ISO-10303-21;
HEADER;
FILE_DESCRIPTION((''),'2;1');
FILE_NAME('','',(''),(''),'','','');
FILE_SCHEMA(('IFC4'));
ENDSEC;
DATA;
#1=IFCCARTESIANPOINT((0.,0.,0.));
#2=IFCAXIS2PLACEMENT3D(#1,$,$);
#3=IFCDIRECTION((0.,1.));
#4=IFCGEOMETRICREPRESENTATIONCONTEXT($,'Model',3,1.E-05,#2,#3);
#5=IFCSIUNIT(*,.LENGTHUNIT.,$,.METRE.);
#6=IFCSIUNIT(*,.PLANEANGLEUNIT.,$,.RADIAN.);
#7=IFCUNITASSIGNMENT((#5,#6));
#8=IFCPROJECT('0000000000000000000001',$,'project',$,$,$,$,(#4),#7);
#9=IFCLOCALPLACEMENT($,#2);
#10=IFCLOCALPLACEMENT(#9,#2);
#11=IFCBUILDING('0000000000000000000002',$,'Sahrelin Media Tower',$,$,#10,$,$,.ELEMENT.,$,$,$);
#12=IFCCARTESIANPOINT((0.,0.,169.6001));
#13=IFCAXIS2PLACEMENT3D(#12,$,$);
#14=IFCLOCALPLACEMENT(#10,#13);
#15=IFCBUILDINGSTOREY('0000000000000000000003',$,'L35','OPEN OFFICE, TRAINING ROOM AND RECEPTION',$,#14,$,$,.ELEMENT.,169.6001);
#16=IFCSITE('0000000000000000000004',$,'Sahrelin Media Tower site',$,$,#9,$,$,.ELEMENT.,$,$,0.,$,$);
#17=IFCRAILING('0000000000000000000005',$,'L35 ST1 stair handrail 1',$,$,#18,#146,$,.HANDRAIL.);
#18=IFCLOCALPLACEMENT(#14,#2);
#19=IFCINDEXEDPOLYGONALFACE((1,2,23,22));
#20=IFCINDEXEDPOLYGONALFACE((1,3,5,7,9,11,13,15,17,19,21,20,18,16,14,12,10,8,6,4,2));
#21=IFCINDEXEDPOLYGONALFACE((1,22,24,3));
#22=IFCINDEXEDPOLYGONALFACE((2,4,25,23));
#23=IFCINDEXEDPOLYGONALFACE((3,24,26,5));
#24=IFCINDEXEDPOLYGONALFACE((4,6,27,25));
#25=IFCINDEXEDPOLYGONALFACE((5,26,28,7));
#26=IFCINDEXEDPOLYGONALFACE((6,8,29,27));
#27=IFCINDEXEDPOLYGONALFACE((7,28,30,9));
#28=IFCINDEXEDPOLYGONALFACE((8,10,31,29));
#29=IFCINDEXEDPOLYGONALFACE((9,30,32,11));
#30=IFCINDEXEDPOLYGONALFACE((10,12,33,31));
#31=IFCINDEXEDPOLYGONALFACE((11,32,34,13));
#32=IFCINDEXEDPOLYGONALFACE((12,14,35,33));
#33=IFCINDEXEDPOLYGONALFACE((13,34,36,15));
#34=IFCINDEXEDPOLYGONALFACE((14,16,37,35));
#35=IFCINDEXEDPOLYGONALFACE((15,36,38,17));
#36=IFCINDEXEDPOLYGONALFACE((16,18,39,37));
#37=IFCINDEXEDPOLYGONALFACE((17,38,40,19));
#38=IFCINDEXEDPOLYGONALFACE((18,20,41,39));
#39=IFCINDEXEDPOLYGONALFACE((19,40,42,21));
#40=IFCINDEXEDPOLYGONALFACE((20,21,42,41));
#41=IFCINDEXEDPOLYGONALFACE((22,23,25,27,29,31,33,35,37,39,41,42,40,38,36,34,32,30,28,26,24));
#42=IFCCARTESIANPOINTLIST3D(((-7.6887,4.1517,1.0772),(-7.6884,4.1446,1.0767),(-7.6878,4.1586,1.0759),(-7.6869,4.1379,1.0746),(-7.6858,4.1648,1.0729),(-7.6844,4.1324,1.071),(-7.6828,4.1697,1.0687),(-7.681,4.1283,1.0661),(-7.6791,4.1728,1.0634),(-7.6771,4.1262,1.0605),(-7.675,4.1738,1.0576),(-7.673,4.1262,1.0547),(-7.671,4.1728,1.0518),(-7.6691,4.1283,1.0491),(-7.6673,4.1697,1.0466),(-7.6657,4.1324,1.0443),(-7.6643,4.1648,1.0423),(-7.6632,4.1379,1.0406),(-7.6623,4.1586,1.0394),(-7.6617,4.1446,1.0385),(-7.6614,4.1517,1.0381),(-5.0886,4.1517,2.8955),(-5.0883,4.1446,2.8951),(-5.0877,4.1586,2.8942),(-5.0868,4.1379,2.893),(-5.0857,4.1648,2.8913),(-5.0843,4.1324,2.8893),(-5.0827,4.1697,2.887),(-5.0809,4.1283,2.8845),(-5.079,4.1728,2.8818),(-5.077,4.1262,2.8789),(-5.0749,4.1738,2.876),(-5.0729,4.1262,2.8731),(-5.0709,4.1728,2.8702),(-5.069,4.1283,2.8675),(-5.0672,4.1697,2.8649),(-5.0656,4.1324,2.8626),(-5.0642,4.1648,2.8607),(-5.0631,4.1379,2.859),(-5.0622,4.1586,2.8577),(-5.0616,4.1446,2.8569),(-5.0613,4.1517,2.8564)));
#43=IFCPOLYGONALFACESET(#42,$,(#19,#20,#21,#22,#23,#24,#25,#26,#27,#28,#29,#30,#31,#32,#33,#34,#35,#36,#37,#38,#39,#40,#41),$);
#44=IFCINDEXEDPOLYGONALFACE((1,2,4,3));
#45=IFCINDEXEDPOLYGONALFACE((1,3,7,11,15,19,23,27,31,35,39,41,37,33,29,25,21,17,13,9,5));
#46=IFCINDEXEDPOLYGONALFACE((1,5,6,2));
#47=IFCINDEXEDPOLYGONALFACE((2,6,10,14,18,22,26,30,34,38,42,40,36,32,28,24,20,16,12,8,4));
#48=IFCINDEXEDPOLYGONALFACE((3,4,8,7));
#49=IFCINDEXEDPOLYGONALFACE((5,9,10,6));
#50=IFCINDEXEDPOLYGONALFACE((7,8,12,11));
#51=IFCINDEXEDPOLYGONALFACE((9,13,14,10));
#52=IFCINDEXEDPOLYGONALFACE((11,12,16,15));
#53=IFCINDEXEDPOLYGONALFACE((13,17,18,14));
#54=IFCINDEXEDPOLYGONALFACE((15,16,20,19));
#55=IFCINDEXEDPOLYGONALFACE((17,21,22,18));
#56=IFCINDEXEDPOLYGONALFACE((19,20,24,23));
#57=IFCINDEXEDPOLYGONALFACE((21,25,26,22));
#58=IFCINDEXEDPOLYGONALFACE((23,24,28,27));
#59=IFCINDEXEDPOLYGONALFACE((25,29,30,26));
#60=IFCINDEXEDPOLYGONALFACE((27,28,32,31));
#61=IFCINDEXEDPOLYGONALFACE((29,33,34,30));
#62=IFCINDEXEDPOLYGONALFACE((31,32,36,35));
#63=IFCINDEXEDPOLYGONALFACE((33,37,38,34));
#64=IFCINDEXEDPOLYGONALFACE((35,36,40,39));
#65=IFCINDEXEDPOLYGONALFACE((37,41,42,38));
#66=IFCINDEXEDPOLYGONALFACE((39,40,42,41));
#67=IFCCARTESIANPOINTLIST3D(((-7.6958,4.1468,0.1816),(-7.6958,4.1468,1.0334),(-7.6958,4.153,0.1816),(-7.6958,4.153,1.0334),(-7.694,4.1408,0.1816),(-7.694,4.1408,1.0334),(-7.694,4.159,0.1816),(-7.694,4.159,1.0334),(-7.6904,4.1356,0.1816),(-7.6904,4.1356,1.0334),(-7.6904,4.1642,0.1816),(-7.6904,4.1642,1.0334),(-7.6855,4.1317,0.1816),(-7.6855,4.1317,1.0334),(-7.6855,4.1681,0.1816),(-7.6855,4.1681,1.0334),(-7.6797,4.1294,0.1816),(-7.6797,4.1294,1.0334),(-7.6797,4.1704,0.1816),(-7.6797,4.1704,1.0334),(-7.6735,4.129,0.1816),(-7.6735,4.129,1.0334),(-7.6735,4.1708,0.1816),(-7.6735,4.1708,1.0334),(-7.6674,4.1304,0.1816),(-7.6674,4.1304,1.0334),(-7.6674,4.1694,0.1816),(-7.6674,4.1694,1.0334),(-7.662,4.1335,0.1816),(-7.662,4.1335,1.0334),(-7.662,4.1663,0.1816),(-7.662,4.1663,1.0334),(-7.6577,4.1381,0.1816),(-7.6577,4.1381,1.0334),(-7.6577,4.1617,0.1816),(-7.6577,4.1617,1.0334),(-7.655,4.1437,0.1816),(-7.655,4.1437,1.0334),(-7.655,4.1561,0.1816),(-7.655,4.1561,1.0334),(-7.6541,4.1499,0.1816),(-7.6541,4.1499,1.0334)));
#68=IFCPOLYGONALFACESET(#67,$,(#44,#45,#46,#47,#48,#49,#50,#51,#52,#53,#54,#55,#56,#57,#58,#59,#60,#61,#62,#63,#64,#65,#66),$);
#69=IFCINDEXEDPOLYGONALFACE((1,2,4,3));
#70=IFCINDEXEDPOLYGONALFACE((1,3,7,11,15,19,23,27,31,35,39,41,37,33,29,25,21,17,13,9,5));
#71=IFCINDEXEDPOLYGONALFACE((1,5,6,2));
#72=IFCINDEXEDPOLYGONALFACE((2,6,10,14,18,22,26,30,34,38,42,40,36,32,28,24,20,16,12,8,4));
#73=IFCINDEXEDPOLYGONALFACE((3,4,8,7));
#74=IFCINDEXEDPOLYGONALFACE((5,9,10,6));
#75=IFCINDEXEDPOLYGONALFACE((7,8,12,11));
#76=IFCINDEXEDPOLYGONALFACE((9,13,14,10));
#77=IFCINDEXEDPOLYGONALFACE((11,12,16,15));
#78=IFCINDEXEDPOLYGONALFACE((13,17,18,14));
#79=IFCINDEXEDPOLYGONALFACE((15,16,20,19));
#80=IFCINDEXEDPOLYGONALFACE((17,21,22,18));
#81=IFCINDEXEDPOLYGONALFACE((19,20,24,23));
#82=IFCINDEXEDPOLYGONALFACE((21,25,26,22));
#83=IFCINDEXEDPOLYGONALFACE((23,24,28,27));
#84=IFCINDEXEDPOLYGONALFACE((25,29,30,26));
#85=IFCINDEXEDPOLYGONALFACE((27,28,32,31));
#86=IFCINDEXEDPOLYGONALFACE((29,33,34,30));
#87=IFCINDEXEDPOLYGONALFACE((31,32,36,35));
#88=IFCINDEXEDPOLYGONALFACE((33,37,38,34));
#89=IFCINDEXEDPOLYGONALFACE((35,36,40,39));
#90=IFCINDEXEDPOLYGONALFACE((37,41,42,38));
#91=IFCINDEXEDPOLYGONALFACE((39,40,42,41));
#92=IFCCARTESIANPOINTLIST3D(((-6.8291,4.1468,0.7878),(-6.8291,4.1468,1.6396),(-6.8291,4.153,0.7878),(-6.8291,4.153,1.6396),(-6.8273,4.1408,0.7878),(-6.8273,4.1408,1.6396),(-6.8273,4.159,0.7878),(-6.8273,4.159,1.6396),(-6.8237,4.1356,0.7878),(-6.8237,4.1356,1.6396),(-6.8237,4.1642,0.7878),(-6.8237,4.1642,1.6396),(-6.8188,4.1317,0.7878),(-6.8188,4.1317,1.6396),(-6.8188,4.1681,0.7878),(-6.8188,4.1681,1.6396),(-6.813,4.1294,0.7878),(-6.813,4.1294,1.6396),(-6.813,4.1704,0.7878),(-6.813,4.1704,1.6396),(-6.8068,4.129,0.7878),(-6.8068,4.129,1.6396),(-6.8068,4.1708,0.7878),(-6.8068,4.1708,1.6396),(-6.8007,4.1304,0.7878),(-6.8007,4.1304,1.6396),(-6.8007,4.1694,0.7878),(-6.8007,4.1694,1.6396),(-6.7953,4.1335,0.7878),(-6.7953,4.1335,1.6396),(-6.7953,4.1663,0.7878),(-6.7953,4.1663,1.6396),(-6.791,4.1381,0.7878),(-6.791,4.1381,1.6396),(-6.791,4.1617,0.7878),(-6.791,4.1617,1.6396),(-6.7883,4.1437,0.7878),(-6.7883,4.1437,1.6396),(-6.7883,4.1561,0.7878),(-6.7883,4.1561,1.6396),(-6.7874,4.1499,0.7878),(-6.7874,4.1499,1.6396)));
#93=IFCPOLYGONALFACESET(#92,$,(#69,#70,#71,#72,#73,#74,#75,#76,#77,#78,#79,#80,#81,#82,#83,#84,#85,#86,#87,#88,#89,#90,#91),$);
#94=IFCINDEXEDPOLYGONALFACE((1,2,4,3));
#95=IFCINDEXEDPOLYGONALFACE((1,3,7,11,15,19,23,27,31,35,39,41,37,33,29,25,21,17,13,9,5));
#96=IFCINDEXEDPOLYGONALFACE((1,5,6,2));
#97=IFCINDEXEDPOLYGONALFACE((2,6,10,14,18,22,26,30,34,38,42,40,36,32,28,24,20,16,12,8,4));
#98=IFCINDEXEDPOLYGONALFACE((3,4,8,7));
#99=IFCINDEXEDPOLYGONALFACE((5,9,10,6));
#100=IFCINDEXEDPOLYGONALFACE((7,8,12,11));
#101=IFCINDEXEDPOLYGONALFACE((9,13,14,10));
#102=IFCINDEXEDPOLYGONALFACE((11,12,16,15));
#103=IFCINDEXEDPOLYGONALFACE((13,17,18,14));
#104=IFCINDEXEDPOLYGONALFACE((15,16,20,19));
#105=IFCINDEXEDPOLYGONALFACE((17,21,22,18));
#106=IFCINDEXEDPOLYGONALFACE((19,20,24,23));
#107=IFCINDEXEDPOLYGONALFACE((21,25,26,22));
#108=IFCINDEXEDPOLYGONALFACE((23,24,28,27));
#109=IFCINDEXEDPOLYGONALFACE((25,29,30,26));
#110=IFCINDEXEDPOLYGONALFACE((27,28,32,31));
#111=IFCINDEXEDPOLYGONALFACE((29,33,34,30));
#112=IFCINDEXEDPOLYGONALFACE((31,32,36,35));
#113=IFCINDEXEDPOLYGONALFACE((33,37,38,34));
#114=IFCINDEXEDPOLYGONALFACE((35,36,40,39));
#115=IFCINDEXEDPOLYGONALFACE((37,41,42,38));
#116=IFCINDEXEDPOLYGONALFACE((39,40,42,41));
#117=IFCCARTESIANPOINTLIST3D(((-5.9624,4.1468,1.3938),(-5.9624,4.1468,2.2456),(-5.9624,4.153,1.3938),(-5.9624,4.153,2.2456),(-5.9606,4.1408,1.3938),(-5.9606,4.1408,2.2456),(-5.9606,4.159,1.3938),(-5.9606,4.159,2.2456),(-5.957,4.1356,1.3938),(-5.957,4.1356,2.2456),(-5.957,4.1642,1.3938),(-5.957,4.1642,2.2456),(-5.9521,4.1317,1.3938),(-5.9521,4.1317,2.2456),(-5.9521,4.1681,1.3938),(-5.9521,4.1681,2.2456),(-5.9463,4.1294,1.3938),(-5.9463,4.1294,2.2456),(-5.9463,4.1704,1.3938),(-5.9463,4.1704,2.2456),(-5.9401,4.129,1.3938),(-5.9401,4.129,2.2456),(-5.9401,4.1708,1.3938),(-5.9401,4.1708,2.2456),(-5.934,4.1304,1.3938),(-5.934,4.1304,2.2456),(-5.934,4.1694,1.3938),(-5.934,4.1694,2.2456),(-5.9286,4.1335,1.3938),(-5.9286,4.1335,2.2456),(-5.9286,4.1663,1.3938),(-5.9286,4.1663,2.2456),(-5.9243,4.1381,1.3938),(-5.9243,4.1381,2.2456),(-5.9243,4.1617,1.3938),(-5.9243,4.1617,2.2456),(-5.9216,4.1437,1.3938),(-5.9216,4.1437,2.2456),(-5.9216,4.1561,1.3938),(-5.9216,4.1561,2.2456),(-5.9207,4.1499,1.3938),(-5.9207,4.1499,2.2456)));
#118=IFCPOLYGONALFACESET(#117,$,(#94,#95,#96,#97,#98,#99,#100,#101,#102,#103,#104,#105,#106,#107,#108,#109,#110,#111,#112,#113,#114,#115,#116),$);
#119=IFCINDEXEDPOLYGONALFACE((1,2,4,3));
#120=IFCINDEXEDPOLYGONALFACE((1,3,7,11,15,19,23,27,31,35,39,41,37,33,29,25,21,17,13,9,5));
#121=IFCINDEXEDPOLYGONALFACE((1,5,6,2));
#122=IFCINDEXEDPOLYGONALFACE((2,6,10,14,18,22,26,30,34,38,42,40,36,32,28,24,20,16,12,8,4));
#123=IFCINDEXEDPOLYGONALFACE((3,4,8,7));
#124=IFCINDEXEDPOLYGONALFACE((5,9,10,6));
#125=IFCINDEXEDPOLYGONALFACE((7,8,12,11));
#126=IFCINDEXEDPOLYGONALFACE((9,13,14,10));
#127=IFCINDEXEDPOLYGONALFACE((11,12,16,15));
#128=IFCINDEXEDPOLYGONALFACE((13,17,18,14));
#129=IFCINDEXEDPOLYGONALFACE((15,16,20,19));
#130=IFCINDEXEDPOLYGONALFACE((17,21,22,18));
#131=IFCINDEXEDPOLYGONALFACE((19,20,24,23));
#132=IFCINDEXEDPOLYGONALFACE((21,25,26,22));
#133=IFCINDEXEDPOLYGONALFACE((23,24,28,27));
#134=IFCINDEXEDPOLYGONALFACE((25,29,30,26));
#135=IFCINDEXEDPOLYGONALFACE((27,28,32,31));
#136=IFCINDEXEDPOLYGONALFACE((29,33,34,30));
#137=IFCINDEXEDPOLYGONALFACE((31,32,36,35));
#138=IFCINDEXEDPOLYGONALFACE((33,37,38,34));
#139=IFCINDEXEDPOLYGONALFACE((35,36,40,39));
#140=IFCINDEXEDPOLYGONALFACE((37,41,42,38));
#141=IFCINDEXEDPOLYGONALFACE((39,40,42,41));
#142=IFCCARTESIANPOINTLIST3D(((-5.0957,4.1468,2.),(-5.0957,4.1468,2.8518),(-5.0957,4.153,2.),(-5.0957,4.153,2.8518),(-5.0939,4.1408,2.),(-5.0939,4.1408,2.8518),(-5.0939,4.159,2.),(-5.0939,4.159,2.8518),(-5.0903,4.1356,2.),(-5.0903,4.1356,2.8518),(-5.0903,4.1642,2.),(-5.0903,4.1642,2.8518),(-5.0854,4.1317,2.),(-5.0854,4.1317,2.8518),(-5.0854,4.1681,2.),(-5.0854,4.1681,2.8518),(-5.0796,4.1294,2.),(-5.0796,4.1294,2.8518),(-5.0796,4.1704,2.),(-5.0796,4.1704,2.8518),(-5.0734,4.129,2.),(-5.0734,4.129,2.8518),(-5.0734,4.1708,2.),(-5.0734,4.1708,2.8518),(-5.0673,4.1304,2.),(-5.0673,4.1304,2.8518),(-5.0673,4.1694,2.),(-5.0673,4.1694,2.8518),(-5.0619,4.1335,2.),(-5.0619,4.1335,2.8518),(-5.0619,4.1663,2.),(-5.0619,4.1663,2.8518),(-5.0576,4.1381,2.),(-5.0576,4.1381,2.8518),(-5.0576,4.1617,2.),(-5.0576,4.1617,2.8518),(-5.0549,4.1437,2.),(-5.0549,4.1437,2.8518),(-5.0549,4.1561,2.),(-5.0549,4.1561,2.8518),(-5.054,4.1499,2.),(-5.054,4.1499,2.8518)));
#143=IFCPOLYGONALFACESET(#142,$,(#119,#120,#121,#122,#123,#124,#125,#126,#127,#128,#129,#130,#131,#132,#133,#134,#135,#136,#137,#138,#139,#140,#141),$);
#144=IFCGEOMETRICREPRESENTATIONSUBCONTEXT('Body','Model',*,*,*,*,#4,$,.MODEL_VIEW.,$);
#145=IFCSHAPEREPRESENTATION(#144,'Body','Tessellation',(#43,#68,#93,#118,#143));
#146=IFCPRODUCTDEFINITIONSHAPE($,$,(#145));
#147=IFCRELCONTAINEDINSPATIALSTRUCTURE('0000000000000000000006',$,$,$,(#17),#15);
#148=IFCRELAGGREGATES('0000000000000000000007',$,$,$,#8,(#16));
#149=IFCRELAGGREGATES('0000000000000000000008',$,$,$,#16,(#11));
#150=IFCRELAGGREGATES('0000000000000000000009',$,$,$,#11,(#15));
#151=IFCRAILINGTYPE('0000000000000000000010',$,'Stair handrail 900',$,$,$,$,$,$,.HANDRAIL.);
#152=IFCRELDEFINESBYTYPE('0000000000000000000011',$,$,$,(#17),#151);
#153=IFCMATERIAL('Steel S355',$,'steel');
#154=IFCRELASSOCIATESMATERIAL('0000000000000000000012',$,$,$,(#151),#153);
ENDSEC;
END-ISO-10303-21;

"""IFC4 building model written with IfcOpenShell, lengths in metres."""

from ifc_helpers import new_model, si_unit, direction, frame, origin, origin_2d, place, context, subcontext, project, spatial, circle, extrude, material, type_object, element, save


model = new_model("IFC4")

# Units and contexts
model_context = context("Model", 3, precision=1e-05, world=origin(), true_north=direction((0.0, 1.0)))
body_context = subcontext(model_context, "Body", "Model", "MODEL_VIEW")
ifc_project = project(units=[si_unit("LENGTHUNIT", "METRE"), si_unit("PLANEANGLEUNIT", "RADIAN")], contexts=[model_context])

# Site, building, storey
site_placement = place(None, origin())
site = spatial("IfcSite", under=ifc_project, at=site_placement, Name="Sahrelin Media Tower site", CompositionType="ELEMENT", RefElevation=0.0)
building_placement = place(site_placement, origin())
building = spatial("IfcBuilding", under=site, at=building_placement, Name="Sahrelin Media Tower", CompositionType="ELEMENT")
storey_placement = place(building_placement, frame((0.0, 0.0, 169.6001)))
storey = spatial("IfcBuildingStorey", under=building, at=storey_placement, Name="L35", Description="OPEN OFFICE, TRAINING ROOM AND RECEPTION", CompositionType="ELEMENT", Elevation=169.6001)

# Railing
ifc_material_1 = material(Name="Steel S355", Category="steel")
railing_type_1 = type_object("IfcRailingType", Name="Stair handrail 900", PredefinedType="HANDRAIL", material=ifc_material_1)
railing_1_placement = place(storey_placement, frame((-7.675, 4.1499, 0.1816)))
element("IfcRailing", 1, at=railing_1_placement, inside=storey, type_object=railing_type_1, Name="L35 ST1 stair handrail 1", PredefinedType="HANDRAIL", context=body_context, shape_type="SweptSolid", body=[
    extrude(circle(Radius=0.0239, at=origin_2d()), frame((0.0, 0.0, 0.876), z_axis=(0.819485, 0.0, 0.573101), x_axis=(0.0, 1.0, 0.0)), (0.0, 0.0, 1.0), 3.1729),
    extrude(circle(Radius=0.021, at=origin_2d()), origin(), (0.0, 0.0, 1.0), 0.8518),
    extrude(circle(Radius=0.021, at=origin_2d()), frame((0.8667, 0.0, 0.6062)), (0.0, 0.0, 1.0), 0.8518),
    extrude(circle(Radius=0.021, at=origin_2d()), frame((1.7334, 0.0, 1.2122)), (0.0, 0.0, 1.0), 0.8518),
    extrude(circle(Radius=0.021, at=origin_2d()), frame((2.6001, 0.0, 1.8184)), (0.0, 0.0, 1.0), 0.8518),
])

save(model, "model.ifc")
